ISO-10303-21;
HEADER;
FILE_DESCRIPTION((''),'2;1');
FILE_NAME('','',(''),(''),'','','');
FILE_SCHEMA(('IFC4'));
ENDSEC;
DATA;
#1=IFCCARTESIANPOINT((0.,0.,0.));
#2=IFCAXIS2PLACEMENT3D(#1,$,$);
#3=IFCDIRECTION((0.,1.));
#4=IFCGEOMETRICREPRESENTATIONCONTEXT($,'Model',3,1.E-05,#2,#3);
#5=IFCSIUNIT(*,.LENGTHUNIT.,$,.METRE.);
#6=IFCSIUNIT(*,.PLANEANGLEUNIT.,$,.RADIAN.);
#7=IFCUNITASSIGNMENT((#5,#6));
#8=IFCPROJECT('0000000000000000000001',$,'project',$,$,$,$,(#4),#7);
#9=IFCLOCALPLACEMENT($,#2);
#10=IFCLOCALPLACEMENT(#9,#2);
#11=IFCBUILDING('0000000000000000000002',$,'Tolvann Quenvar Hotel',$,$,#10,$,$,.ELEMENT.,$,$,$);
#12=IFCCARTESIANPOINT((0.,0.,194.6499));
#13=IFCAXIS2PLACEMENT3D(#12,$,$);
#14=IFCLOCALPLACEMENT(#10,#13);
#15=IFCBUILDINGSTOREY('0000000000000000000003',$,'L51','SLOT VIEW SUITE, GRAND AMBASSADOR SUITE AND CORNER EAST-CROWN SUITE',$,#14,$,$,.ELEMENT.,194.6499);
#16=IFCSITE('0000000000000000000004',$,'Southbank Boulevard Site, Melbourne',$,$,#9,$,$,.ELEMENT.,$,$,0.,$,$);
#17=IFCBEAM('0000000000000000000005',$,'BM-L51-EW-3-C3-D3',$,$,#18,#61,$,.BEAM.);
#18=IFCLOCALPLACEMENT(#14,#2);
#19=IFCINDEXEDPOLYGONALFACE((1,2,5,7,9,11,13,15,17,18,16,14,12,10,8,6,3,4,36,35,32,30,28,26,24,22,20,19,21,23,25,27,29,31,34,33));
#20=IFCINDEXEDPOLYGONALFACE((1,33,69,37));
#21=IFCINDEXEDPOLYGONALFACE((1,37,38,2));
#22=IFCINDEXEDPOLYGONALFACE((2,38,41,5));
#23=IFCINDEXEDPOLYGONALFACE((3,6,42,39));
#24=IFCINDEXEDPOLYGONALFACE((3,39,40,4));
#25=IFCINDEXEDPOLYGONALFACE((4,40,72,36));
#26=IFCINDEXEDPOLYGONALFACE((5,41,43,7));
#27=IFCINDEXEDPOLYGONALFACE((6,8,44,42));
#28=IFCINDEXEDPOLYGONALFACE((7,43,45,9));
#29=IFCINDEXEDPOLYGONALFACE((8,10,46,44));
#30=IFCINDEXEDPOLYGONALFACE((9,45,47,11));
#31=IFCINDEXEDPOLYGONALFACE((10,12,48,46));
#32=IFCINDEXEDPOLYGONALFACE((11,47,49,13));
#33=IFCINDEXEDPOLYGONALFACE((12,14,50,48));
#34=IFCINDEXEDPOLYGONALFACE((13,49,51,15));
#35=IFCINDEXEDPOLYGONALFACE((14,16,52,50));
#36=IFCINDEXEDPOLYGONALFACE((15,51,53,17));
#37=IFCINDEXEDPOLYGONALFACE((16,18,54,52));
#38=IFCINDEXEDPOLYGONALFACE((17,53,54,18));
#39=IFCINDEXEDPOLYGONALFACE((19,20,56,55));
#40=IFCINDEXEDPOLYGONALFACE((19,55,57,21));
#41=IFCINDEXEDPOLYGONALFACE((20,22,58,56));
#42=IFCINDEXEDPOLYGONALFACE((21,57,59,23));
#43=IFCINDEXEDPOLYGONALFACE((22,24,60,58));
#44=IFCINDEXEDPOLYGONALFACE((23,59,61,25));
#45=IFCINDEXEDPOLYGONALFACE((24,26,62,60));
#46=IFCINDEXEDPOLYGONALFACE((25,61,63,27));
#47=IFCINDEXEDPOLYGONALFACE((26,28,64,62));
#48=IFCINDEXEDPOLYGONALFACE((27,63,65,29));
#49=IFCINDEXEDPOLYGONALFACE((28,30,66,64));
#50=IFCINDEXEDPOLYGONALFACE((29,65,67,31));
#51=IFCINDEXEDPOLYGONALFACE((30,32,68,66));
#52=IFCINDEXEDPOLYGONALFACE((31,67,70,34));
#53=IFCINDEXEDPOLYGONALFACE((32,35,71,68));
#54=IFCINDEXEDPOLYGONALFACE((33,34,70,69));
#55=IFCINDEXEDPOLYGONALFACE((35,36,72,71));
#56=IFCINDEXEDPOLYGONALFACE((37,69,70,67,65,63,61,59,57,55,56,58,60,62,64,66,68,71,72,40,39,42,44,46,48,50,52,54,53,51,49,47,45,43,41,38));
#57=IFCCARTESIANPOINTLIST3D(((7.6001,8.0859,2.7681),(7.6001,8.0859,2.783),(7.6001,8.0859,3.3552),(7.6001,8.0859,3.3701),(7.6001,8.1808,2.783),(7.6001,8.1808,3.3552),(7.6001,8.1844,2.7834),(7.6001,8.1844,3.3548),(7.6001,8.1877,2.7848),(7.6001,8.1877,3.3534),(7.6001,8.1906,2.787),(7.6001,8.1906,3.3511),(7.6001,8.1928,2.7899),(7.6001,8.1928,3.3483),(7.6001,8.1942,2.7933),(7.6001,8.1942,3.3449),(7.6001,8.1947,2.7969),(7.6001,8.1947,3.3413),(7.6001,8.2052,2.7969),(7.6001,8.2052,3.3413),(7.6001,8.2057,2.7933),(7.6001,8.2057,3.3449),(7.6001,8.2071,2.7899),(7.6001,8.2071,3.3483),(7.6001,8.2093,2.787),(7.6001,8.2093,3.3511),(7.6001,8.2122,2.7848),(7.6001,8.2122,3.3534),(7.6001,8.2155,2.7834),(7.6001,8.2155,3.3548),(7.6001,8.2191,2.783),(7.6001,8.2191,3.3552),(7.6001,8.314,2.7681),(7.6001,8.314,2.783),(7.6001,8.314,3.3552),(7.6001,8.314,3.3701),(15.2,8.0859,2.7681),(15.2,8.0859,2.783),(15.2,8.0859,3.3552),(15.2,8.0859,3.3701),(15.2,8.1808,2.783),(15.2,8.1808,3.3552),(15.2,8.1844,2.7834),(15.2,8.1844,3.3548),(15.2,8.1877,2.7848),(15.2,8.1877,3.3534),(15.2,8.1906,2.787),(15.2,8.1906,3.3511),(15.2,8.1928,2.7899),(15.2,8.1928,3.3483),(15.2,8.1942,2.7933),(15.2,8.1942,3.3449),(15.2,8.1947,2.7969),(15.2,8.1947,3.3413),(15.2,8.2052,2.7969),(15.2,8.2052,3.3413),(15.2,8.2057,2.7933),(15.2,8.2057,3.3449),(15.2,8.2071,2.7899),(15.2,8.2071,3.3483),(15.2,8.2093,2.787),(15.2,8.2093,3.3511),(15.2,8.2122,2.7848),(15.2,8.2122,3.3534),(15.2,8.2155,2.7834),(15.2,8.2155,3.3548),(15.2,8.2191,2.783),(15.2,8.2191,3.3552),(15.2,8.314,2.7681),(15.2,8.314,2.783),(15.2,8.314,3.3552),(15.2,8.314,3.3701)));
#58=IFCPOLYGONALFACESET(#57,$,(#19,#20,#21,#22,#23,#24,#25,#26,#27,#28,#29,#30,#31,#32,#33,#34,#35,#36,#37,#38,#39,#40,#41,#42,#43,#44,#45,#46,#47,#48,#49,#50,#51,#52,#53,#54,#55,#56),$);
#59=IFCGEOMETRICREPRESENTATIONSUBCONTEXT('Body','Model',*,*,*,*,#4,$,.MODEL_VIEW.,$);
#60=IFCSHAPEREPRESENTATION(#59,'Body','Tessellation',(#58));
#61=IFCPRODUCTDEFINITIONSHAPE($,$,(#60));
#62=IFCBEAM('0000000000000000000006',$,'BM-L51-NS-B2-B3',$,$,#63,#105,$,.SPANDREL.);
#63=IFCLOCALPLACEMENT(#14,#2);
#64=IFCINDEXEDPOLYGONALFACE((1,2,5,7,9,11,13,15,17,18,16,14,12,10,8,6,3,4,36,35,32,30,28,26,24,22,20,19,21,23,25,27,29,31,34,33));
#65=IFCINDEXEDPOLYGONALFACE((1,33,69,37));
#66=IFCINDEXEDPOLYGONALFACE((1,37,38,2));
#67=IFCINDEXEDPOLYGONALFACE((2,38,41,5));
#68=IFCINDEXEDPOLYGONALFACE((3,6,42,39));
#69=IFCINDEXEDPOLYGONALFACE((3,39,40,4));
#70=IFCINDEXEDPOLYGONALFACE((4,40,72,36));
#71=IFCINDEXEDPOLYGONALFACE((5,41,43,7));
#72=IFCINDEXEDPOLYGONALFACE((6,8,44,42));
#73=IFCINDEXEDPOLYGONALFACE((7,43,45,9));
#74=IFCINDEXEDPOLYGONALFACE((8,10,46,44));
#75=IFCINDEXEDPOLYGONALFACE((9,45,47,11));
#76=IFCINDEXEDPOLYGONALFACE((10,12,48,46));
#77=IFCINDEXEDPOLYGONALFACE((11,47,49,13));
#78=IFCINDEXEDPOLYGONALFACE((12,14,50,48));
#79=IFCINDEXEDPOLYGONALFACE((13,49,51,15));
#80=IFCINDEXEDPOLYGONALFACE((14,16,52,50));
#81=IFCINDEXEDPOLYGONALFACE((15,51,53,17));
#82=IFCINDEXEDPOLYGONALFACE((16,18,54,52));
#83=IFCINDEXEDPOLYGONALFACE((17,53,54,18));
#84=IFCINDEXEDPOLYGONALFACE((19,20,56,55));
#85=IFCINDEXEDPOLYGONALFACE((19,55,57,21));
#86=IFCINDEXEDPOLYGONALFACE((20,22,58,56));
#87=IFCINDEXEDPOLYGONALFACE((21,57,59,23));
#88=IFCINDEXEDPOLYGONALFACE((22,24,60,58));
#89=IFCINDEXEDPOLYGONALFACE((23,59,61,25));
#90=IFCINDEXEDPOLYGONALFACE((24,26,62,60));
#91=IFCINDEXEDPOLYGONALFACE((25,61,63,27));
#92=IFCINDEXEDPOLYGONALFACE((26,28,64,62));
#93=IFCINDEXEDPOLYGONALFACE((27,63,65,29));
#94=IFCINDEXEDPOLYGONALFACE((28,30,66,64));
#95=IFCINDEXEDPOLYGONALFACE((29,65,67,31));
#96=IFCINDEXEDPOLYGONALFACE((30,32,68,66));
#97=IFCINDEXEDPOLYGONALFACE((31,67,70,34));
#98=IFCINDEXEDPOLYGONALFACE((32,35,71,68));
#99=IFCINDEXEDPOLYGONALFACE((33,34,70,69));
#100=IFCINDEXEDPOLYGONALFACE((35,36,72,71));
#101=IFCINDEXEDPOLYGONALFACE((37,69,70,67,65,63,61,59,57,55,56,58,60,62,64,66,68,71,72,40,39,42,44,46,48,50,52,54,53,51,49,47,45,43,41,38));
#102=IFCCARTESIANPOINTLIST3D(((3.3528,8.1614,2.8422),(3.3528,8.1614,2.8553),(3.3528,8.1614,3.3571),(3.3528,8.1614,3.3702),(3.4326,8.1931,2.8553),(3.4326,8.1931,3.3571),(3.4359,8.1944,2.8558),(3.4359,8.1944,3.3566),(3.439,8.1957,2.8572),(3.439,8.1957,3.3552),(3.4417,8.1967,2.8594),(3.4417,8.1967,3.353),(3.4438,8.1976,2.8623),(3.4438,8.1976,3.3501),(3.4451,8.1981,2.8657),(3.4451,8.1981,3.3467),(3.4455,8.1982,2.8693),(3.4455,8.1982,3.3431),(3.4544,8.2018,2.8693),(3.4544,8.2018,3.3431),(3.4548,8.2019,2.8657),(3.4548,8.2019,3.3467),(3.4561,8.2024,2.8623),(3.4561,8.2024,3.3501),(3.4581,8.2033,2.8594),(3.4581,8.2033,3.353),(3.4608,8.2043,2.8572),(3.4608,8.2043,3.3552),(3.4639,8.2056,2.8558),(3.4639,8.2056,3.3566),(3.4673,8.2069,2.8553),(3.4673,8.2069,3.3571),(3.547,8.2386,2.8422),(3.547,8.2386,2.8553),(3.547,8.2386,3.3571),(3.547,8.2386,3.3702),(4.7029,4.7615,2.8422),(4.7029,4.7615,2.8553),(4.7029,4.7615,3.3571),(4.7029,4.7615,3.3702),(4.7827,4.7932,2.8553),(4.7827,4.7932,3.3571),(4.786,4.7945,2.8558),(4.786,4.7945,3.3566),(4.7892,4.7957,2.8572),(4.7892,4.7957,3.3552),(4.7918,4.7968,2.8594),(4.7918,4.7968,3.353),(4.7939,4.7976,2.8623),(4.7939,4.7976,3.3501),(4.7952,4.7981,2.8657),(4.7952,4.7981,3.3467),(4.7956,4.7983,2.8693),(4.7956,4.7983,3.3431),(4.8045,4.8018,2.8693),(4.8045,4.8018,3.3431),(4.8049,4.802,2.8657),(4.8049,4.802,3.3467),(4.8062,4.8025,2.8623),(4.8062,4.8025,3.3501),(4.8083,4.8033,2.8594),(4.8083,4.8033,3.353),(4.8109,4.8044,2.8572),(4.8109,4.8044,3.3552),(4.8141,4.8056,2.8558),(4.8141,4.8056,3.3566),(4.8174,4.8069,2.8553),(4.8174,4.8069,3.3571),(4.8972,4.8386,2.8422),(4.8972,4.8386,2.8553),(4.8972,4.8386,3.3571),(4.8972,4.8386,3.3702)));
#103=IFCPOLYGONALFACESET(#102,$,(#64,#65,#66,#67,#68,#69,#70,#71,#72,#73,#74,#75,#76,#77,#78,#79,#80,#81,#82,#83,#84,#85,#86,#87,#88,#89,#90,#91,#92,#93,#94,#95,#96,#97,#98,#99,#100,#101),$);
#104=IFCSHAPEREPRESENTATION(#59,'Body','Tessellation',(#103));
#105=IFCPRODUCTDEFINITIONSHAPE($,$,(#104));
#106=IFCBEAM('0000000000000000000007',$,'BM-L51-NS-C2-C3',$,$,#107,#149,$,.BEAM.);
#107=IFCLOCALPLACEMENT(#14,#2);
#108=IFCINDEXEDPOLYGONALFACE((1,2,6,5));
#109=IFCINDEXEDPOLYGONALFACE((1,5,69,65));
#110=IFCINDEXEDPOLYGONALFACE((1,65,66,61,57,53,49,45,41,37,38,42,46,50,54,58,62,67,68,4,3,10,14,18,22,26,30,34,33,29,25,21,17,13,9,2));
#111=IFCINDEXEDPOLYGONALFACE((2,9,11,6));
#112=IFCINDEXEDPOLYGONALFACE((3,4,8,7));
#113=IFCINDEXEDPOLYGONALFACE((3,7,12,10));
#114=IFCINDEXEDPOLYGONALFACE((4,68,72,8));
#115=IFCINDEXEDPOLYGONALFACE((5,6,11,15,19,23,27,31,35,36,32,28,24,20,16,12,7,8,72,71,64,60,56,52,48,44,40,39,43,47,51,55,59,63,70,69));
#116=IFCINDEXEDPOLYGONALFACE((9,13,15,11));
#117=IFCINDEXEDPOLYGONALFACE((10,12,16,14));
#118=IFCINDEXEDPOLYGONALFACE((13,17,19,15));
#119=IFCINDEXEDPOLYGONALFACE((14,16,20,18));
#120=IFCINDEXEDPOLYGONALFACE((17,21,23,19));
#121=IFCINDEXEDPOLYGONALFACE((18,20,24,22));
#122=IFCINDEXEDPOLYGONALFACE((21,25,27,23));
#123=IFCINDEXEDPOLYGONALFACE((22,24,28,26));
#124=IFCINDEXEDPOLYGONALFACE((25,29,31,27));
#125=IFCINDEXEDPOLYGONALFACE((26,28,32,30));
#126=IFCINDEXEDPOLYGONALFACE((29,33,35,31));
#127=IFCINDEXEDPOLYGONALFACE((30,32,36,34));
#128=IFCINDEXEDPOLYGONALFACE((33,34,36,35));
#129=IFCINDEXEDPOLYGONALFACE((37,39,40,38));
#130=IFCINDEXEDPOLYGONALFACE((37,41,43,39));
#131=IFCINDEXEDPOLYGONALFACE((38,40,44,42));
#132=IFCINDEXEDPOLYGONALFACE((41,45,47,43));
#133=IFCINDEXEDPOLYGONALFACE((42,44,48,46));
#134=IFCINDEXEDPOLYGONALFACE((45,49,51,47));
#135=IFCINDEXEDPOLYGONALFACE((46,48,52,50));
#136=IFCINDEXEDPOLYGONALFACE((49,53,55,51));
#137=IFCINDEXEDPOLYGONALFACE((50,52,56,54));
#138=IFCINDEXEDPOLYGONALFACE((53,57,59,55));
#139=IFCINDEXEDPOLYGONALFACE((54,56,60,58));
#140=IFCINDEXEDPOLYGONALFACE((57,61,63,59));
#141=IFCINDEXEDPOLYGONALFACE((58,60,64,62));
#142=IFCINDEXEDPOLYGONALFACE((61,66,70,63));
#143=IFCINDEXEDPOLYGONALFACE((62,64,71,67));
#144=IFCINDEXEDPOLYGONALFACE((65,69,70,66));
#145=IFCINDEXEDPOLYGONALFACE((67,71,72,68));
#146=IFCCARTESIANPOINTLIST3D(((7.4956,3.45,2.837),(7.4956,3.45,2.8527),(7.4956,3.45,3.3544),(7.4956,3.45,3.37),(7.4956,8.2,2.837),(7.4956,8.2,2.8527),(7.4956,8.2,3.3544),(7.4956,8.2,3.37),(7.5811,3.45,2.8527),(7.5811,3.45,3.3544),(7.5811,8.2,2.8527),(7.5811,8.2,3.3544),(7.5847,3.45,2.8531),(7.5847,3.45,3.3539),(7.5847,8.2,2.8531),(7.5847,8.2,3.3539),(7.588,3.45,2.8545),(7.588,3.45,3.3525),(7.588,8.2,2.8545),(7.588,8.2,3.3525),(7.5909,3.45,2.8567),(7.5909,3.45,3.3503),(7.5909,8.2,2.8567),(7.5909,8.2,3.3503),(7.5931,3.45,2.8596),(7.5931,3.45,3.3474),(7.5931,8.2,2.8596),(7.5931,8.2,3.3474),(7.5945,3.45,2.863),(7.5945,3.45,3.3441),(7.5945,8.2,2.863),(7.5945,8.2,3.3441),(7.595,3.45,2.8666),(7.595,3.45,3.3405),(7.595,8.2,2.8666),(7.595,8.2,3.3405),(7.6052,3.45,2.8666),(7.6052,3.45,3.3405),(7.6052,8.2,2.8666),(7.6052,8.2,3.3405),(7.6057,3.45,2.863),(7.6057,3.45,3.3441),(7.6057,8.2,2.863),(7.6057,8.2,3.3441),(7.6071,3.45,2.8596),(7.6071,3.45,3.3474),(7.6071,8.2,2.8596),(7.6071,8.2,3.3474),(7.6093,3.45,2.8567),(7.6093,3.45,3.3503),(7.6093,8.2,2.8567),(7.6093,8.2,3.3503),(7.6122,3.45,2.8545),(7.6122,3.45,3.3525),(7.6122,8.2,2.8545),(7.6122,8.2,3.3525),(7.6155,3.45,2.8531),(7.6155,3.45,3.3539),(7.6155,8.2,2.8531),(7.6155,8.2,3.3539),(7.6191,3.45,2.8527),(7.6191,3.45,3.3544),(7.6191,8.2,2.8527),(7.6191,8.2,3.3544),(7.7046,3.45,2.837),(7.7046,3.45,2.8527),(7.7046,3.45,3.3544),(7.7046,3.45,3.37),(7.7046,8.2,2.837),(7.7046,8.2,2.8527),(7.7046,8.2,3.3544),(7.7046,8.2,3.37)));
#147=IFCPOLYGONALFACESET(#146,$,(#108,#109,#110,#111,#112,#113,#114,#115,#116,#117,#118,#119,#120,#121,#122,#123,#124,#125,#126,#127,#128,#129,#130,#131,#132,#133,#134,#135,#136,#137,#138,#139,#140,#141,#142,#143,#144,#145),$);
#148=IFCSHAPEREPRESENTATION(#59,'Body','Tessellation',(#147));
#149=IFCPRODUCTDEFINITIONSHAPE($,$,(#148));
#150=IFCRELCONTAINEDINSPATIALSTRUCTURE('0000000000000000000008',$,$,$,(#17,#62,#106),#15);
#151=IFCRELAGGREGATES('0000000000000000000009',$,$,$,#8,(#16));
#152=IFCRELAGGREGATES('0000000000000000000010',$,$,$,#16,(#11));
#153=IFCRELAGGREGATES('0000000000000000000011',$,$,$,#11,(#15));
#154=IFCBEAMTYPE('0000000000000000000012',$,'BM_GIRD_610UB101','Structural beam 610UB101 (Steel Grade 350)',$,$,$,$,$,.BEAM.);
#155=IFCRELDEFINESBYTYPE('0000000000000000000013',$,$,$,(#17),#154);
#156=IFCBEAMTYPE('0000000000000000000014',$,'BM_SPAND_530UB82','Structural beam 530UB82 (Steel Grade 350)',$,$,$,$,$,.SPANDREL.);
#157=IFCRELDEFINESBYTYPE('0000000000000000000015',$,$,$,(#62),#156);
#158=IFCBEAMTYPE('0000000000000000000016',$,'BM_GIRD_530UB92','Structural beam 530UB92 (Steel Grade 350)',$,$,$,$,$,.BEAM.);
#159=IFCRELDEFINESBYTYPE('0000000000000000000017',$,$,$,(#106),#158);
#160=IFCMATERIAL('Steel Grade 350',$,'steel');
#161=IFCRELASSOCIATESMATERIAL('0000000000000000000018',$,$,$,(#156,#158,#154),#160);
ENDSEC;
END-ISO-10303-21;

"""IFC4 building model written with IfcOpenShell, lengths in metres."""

from ifc_helpers import new_model, si_unit, direction, frame, origin, origin_2d, place, context, subcontext, project, spatial, i_section, extrude, source, transform, mapped, material, material_profile, profile_set, type_object, element, save


model = new_model("IFC4")

# Units and contexts
model_context = context("Model", 3, precision=1e-05, world=origin(), true_north=direction((0.0, 1.0)))
body_context = subcontext(model_context, "Body", "Model", "MODEL_VIEW")
ifc_project = project(units=[si_unit("LENGTHUNIT", "METRE"), si_unit("PLANEANGLEUNIT", "RADIAN")], contexts=[model_context])

# Site, building, storey
site_placement = place(None, origin())
site = spatial("IfcSite", under=ifc_project, at=site_placement, Name="Southbank Boulevard Site, Melbourne", CompositionType="ELEMENT", RefElevation=0.0)
building_placement = place(site_placement, origin())
building = spatial("IfcBuilding", under=site, at=building_placement, Name="Tolvann Quenvar Hotel", CompositionType="ELEMENT")
storey_placement = place(building_placement, frame((0.0, 0.0, 194.6499)))
storey = spatial("IfcBuildingStorey", under=building, at=storey_placement, Name="L51", Description="SLOT VIEW SUITE, GRAND AMBASSADOR SUITE AND CORNER EAST-CROWN SUITE", CompositionType="ELEMENT", Elevation=194.6499)

# Shared definitions
ifc_material_1 = material(Name="Steel Grade 350", Category="steel")

# Beams
ifc_material_profile_1 = material_profile(ifc_material_1, i_section(OverallWidth=0.209, OverallDepth=0.5281, WebThickness=0.0095, FlangeThickness=0.0132, FilletRadius=0.0139, at=origin_2d()), Name="530UB82")
ifc_profile_set_1 = profile_set([ifc_material_profile_1], Name="Steel Grade 350")
beam_type_1 = type_object("IfcBeamType", Name="BM_SPAND_530UB82", Description="Structural beam 530UB82 (Steel Grade 350)", PredefinedType="SPANDREL", material=ifc_profile_set_1)
ifc_material_profile_2 = material_profile(ifc_material_1, i_section(OverallWidth=0.209, OverallDepth=0.533, WebThickness=0.0103, FlangeThickness=0.0156, FilletRadius=0.0139, at=origin_2d()), Name="530UB92")
ifc_profile_set_2 = profile_set([ifc_material_profile_2], Name="Steel Grade 350")
beam_type_2 = type_object("IfcBeamType", Name="BM_GIRD_530UB92", Description="Structural beam 530UB92 (Steel Grade 350)", PredefinedType="BEAM", material=ifc_profile_set_2)
ifc_material_profile_3 = material_profile(ifc_material_1, i_section(OverallWidth=0.228, OverallDepth=0.6021, WebThickness=0.0105, FlangeThickness=0.0149, FilletRadius=0.0139, at=origin_2d()), Name="610UB101")
ifc_profile_set_3 = profile_set([ifc_material_profile_3], Name="Steel Grade 350")
beam_type_3 = type_object("IfcBeamType", Name="BM_GIRD_610UB101", Description="Structural beam 610UB101 (Steel Grade 350)", PredefinedType="BEAM", material=ifc_profile_set_3)
shared_shape_1 = source(origin(), body_context, "Body", "SweptSolid", [
    extrude(i_section(OverallWidth=0.228, OverallDepth=0.6021, WebThickness=0.0105, FlangeThickness=0.0149, FilletRadius=0.0139, at=origin_2d()), origin(), (0.0, 0.0, 1.0), 7.5999),
])
beam_1_placement = place(storey_placement, frame((7.6001, 8.2, 3.0691), z_axis=(1.0, 0.0, 0.0), x_axis=(0.0, 1.0, 0.0)))
element("IfcBeam", 1, at=beam_1_placement, inside=storey, type_object=beam_type_3, Name="BM-L51-EW-3-C3-D3", PredefinedType="BEAM", context=body_context, shape_type="MappedRepresentation", body=[
    mapped(shared_shape_1, transform((0.0, 0.0, 0.0), x_axis=(1.0, 0.0, 0.0), y_axis=(0.0, 1.0, 0.0), z_axis=(0.0, 0.0, 1.0), scale=1.0)),
])
shared_shape_2 = source(origin(), body_context, "Body", "SweptSolid", [
    extrude(i_section(OverallWidth=0.209, OverallDepth=0.5281, WebThickness=0.0095, FlangeThickness=0.0132, FilletRadius=0.0139, at=origin_2d()), origin(), (0.0, 0.0, 1.0), 3.6582),
])
beam_2_placement = place(storey_placement, frame((4.8, 4.8, 3.1062), z_axis=(-0.369065, 0.929404, 0.0), x_axis=(-0.929404, -0.369065, 0.0)))
element("IfcBeam", 2, at=beam_2_placement, inside=storey, type_object=beam_type_1, Name="BM-L51-NS-B2-B3", PredefinedType="SPANDREL", context=body_context, shape_type="MappedRepresentation", body=[
    mapped(shared_shape_2, transform((0.0, 0.0, 0.0), x_axis=(1.0, 0.0, 0.0), y_axis=(0.0, 1.0, 0.0), z_axis=(0.0, 0.0, 1.0), scale=1.0)),
])
shared_shape_3 = source(origin(), body_context, "Body", "SweptSolid", [
    extrude(i_section(OverallWidth=0.209, OverallDepth=0.533, WebThickness=0.0103, FlangeThickness=0.0156, FilletRadius=0.0139, at=origin_2d()), origin(), (0.0, 0.0, 1.0), 4.75),
])
beam_3_placement = place(storey_placement, frame((7.6001, 3.45, 3.1035), z_axis=(0.0, 1.0, 0.0), x_axis=(-1.0, 0.0, 0.0)))
element("IfcBeam", 3, at=beam_3_placement, inside=storey, type_object=beam_type_2, Name="BM-L51-NS-C2-C3", PredefinedType="BEAM", context=body_context, shape_type="MappedRepresentation", body=[
    mapped(shared_shape_3, transform((0.0, 0.0, 0.0), x_axis=(1.0, 0.0, 0.0), y_axis=(0.0, 1.0, 0.0), z_axis=(0.0, 0.0, 1.0), scale=1.0)),
])

save(model, "model.ifc")
